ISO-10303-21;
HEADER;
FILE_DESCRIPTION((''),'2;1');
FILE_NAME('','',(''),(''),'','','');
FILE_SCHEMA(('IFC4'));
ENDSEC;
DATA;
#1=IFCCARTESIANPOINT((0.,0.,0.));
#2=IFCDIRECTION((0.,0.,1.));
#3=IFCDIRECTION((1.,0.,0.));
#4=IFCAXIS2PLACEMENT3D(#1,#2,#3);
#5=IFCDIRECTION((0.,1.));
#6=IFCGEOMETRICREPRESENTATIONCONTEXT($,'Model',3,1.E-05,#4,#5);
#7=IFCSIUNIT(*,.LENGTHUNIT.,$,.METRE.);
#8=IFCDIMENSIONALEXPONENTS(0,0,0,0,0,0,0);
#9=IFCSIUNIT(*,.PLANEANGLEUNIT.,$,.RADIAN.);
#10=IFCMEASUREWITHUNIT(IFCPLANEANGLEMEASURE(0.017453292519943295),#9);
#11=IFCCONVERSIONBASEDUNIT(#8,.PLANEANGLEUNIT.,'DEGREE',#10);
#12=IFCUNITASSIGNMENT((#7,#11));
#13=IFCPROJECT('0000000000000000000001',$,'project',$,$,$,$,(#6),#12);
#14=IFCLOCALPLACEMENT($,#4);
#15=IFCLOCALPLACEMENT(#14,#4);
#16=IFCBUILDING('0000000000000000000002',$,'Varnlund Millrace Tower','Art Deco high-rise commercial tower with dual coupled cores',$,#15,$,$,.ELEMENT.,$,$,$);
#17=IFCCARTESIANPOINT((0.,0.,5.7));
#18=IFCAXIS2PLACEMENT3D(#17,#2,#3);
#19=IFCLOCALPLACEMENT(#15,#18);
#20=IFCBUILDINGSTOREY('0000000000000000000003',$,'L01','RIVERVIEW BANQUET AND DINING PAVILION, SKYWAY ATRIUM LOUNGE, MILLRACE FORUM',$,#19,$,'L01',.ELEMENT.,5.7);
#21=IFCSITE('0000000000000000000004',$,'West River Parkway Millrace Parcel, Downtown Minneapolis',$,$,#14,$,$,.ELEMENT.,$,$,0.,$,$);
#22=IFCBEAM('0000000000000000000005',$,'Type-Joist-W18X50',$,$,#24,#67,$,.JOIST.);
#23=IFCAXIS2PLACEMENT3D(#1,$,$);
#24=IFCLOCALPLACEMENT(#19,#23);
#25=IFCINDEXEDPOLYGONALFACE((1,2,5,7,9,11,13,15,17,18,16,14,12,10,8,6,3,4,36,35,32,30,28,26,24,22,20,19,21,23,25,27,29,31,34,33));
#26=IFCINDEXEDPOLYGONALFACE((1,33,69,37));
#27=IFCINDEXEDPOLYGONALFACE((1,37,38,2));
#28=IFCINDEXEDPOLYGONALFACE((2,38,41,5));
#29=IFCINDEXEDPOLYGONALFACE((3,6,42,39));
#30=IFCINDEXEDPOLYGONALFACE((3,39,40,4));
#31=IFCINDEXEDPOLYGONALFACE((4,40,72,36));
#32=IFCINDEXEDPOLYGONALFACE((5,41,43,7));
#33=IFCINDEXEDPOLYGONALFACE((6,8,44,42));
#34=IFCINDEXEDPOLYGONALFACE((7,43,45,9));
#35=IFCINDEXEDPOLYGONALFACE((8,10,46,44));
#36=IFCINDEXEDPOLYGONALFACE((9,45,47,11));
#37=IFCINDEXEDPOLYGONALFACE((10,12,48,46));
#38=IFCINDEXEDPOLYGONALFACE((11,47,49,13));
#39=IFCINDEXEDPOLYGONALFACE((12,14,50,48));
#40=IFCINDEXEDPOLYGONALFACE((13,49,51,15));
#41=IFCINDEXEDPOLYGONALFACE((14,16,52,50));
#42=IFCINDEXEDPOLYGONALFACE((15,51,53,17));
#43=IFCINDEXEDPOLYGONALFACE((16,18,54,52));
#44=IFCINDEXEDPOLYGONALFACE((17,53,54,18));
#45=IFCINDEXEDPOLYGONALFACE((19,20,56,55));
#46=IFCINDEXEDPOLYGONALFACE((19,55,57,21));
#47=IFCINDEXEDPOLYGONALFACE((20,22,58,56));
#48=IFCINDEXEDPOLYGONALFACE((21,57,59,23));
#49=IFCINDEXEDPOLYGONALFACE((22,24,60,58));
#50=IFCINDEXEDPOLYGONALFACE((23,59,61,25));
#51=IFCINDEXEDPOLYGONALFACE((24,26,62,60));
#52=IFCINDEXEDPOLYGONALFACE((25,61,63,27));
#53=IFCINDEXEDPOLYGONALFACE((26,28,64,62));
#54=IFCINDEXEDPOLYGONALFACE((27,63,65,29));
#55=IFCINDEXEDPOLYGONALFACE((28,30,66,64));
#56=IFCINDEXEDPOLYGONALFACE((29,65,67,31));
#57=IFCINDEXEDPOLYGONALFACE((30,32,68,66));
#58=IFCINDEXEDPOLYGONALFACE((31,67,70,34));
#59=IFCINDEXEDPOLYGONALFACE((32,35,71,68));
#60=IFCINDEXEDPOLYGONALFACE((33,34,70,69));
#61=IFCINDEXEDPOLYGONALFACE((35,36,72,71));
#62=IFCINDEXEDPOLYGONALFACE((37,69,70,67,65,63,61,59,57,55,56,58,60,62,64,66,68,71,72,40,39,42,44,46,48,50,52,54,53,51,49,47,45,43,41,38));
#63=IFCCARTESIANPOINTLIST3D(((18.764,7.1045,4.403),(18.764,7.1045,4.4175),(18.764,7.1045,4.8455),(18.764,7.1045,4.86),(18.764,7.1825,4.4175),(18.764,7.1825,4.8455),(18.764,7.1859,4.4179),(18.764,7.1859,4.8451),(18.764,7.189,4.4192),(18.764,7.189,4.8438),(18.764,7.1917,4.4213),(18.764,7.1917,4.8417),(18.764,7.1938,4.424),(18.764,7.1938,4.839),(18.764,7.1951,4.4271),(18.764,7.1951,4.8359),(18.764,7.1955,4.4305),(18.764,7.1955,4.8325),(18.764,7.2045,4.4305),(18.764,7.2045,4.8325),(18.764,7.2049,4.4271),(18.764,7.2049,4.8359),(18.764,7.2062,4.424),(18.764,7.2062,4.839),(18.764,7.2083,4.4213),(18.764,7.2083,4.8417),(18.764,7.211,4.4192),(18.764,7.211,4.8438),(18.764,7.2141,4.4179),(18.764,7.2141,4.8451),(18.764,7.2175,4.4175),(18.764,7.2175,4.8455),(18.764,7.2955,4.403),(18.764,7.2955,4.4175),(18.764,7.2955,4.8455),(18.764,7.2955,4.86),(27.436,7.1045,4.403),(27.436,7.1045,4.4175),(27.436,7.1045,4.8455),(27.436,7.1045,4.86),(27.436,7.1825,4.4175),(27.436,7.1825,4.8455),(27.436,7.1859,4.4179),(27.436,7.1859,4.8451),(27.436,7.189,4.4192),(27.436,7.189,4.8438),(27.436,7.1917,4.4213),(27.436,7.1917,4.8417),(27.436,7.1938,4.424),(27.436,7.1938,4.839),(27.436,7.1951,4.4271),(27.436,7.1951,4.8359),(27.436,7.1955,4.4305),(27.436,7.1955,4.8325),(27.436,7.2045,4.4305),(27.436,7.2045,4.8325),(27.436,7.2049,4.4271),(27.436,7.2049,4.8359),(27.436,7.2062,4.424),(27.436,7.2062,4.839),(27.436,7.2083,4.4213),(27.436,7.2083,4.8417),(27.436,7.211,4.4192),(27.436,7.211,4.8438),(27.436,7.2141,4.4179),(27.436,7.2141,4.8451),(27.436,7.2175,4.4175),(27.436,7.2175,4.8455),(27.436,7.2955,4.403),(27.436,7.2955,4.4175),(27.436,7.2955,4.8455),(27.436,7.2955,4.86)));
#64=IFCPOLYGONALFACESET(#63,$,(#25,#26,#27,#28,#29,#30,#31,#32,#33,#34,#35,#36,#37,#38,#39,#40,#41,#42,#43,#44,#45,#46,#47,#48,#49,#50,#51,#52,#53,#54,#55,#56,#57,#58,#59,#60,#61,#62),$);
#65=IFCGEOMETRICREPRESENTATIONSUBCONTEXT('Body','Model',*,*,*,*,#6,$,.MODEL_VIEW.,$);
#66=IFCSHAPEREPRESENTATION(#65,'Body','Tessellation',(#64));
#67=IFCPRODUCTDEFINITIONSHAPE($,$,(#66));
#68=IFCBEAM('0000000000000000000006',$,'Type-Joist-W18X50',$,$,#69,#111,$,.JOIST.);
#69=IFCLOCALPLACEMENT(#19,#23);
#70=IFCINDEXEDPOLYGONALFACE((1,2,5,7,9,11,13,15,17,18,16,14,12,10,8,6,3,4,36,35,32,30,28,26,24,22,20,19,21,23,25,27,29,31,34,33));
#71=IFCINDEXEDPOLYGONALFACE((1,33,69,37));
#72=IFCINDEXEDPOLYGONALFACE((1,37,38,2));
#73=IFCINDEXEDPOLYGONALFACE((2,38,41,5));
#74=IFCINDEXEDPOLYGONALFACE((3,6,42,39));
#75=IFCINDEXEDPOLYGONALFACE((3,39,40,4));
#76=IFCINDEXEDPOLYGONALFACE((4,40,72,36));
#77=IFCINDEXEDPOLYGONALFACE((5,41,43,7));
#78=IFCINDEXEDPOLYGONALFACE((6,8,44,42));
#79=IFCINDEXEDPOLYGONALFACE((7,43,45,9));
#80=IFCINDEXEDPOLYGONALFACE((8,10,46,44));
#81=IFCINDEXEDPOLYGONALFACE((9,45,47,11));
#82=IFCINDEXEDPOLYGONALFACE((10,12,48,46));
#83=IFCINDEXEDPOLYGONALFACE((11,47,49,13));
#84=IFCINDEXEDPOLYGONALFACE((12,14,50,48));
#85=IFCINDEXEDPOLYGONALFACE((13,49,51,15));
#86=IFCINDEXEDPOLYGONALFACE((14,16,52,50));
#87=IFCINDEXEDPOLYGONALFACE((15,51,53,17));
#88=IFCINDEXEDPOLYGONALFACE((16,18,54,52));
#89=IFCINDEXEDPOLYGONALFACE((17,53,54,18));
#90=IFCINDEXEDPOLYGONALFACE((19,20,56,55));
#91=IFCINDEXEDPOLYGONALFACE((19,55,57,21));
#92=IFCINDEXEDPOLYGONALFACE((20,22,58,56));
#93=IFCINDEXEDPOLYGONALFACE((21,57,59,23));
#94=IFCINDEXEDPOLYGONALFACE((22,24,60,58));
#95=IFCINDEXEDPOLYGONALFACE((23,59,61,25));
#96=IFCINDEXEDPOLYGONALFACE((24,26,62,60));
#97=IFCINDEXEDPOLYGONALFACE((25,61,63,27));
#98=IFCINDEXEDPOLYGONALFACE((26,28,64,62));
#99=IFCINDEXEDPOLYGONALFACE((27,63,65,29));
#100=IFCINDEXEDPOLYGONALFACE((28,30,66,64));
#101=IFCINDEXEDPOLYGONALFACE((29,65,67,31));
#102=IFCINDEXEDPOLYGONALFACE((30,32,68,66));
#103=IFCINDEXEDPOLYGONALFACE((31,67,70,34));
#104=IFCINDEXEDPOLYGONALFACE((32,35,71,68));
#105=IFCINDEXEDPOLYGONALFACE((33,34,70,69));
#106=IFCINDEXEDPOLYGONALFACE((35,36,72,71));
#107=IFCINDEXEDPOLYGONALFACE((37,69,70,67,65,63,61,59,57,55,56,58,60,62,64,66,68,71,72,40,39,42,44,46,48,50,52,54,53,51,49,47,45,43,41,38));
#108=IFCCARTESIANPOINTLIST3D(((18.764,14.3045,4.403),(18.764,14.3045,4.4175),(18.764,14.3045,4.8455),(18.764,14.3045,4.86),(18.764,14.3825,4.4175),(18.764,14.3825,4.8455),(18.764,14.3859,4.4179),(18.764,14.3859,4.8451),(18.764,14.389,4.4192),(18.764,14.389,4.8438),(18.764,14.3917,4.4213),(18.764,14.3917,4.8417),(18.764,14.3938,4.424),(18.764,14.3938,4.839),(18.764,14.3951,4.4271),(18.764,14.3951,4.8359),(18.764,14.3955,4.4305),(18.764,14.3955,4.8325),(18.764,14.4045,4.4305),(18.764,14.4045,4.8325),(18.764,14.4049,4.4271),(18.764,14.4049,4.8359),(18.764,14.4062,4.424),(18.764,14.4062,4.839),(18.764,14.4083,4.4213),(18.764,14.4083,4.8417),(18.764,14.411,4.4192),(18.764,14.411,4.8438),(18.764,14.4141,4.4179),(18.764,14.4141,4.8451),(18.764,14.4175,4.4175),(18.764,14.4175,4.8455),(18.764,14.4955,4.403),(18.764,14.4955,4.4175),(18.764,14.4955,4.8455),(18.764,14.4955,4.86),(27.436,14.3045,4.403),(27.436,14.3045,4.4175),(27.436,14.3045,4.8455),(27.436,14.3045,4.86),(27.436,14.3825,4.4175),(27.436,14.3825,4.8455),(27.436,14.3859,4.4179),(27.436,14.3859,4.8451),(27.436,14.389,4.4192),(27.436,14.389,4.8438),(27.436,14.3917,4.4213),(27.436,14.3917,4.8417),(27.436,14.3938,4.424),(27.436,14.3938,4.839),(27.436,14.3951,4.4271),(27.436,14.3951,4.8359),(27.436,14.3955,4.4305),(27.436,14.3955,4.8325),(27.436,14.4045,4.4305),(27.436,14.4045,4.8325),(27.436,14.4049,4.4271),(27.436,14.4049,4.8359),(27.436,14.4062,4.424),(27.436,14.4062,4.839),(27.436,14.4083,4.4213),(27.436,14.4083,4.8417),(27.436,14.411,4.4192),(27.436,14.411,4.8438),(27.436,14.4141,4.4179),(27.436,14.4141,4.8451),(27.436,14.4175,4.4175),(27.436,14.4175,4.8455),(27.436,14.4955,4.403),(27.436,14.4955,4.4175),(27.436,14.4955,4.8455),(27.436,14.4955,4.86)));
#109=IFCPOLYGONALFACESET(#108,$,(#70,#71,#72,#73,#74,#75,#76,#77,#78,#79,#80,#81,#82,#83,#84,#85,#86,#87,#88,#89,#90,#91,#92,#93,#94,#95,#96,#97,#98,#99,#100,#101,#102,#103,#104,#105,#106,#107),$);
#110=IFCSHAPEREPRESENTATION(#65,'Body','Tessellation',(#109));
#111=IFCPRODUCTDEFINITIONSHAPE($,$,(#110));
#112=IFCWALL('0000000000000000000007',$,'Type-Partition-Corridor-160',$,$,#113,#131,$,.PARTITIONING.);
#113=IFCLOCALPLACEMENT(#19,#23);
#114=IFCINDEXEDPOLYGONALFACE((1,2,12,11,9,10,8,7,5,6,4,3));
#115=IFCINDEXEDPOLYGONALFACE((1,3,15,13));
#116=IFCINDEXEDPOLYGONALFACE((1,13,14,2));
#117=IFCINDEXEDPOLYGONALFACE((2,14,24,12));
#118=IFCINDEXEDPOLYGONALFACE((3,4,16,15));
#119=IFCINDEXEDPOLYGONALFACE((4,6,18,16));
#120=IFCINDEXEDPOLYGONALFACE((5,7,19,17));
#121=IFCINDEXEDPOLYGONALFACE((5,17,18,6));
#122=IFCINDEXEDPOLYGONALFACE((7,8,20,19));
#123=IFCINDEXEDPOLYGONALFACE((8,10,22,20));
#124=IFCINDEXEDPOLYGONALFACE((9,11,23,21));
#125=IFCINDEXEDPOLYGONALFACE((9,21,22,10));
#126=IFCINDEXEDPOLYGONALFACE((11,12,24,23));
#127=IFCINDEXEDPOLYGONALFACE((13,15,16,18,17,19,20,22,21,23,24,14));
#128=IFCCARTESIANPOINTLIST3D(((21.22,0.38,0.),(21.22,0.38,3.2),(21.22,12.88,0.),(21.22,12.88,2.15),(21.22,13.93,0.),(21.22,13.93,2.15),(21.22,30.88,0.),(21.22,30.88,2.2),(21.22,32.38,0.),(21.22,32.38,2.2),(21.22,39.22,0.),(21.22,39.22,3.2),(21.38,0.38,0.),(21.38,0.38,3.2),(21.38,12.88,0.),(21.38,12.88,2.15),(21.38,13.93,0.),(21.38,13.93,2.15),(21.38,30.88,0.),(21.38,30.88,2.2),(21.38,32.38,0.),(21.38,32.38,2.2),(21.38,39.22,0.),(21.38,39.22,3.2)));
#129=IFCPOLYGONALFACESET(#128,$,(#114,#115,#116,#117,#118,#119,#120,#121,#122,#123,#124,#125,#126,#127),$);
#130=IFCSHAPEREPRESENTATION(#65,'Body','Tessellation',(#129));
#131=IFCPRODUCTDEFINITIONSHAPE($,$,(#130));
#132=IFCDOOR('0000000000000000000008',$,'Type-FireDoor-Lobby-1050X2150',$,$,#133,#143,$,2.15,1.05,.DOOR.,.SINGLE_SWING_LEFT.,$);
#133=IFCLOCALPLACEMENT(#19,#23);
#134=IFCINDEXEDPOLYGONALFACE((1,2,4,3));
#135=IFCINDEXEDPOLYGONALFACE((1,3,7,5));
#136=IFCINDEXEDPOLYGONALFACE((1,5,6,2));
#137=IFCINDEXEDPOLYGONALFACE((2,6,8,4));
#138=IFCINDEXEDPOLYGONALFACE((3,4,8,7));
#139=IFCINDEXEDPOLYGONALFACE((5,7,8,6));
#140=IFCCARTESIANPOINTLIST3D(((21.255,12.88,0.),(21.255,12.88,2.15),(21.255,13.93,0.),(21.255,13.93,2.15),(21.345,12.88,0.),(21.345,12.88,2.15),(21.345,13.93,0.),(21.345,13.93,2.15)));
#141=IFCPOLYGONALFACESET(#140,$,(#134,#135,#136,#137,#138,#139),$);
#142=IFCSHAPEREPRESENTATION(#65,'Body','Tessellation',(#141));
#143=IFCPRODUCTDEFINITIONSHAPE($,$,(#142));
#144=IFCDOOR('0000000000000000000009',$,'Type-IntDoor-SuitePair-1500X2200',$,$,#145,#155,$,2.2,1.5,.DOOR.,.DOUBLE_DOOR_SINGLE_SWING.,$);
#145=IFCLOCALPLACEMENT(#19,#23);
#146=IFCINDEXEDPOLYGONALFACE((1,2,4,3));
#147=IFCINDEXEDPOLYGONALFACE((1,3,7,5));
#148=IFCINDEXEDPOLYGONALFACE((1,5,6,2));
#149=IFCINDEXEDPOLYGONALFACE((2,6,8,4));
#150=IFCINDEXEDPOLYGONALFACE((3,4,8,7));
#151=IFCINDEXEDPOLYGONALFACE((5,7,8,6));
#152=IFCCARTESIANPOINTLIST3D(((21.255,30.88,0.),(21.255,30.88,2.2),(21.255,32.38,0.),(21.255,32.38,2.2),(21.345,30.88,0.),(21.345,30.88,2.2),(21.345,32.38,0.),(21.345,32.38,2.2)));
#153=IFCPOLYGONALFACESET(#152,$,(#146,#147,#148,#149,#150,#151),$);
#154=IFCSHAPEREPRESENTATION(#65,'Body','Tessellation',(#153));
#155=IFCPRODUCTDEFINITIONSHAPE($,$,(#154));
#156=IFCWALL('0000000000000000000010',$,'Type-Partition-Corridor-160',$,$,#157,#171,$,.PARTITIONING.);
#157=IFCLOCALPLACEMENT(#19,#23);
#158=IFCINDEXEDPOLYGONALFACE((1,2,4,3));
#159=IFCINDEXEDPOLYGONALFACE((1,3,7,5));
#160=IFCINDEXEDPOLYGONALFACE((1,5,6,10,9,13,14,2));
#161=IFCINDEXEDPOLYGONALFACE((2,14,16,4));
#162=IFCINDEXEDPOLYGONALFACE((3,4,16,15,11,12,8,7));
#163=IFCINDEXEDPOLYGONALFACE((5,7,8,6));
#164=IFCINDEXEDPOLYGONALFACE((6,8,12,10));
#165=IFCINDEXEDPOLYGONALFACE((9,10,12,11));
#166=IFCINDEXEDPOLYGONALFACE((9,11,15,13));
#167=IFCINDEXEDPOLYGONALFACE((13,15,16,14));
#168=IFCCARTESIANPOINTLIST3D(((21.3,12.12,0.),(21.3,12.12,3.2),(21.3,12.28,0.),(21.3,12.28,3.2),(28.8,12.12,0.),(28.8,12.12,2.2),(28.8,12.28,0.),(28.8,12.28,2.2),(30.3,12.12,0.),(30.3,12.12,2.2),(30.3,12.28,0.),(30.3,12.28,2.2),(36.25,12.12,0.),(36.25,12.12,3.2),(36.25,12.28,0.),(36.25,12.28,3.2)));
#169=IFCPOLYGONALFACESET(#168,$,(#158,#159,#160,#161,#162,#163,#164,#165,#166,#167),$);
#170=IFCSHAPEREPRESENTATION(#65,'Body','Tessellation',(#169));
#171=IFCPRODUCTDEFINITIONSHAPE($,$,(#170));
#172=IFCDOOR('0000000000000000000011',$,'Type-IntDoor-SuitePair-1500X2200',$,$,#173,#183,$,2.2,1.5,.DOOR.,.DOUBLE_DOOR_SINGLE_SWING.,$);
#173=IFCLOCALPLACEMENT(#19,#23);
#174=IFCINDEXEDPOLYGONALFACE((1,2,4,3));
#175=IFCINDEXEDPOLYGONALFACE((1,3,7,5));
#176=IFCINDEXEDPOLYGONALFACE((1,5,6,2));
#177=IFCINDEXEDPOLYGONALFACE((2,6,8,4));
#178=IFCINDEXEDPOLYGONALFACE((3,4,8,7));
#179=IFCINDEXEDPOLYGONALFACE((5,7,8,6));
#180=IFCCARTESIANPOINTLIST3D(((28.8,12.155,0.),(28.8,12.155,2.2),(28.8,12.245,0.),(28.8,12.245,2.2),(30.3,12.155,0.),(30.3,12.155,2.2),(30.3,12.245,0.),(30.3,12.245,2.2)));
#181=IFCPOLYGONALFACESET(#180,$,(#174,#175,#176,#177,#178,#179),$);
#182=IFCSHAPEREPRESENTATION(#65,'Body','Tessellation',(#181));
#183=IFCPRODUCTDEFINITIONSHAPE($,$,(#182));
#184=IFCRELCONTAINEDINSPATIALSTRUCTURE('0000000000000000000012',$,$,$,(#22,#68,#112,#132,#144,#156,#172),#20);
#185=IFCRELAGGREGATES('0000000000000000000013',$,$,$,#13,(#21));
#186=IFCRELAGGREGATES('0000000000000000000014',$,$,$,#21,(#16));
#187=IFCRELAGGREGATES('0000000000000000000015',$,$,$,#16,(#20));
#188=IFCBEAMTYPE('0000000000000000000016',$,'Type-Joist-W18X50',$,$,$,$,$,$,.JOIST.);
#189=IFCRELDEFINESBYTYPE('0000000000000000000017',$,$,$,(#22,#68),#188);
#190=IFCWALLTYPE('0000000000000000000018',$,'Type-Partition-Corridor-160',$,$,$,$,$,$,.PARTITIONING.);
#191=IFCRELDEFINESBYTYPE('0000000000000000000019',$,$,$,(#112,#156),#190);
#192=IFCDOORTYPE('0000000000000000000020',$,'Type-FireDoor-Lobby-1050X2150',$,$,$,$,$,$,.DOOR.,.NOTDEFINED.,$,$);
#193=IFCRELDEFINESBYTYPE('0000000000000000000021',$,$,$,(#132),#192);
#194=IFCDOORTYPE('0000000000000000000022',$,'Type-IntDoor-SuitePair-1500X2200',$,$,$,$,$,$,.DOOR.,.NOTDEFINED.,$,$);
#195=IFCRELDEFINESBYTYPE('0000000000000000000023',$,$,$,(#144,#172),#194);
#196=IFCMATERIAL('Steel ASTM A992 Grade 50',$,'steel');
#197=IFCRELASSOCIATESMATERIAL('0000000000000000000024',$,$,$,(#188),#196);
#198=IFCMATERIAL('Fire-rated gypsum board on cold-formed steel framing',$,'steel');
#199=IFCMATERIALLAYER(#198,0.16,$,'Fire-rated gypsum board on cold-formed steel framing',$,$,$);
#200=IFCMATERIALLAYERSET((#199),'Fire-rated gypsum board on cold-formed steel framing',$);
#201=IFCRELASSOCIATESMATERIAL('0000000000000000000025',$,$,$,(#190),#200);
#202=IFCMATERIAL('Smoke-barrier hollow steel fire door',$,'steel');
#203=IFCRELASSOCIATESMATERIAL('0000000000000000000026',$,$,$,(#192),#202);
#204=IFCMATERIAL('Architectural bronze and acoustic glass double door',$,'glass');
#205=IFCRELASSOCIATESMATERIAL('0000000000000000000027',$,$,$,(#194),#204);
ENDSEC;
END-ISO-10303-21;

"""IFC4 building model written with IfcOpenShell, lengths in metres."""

from ifc_helpers import new_model, entity, si_unit, converted_unit, direction, frame, origin_with_axes, origin_2d_with_axis, place, context, subcontext, project, spatial, polyline, rectangle, i_section, outline, extrude, material, layer, layer_set, material_profile, profile_set, type_object, element, fill, save


model = new_model("IFC4")

# Units and contexts
model_context = context("Model", 3, precision=1e-05, world=origin_with_axes(), true_north=direction((0.0, 1.0)))
body_context = subcontext(model_context, "Body", "Model", "MODEL_VIEW")
ifc_project = project(units=[si_unit("LENGTHUNIT", "METRE"), converted_unit("PLANEANGLEUNIT", "DEGREE", entity("IfcPlaneAngleMeasure", 0.017453292519943295), si_unit("PLANEANGLEUNIT", "RADIAN"), dimensions=[0, 0, 0, 0, 0, 0, 0])], contexts=[model_context])

# Site, building, storey
site_placement = place(None, origin_with_axes())
site = spatial("IfcSite", under=ifc_project, at=site_placement, Name="West River Parkway Millrace Parcel, Downtown Minneapolis", CompositionType="ELEMENT", RefElevation=0.0)
building_placement = place(site_placement, origin_with_axes())
building = spatial("IfcBuilding", under=site, at=building_placement, Name="Varnlund Millrace Tower", Description="Art Deco high-rise commercial tower with dual coupled cores", CompositionType="ELEMENT")
storey_placement = place(building_placement, frame((0.0, 0.0, 5.7), z_axis=(0.0, 0.0, 1.0), x_axis=(1.0, 0.0, 0.0)))
storey = spatial("IfcBuildingStorey", under=building, at=storey_placement, Name="L01", Description="RIVERVIEW BANQUET AND DINING PAVILION, SKYWAY ATRIUM LOUNGE, MILLRACE FORUM", LongName="L01", CompositionType="ELEMENT", Elevation=5.7)

# Beams
ifc_material_1 = material(Name="Steel ASTM A992 Grade 50", Category="steel")
ifc_material_profile_1 = material_profile(ifc_material_1, i_section(OverallWidth=0.191, OverallDepth=0.457, WebThickness=0.009, FlangeThickness=0.0145, FilletRadius=0.013, at=origin_2d_with_axis()), Name="Steel ASTM A992 Grade 50")
ifc_profile_set_1 = profile_set([ifc_material_profile_1], Name="Steel ASTM A992 Grade 50")
beam_type_1 = type_object("IfcBeamType", Name="Type-Joist-W18X50", PredefinedType="JOIST", material=ifc_profile_set_1)
for number, where, z_axis, x_axis, name in (
    (1, (18.764, 7.2, 4.6315), (1.0, 0.0, 0.0), (0.0, 1.0, 0.0), "Type-Joist-W18X50"),
    (2, (18.764, 14.4, 4.6315), (1.0, 0.0, 0.0), (0.0, 1.0, 0.0), "Type-Joist-W18X50"),
):
    element("IfcBeam", number, at=place(storey_placement, frame(where, z_axis=z_axis, x_axis=x_axis)), inside=storey, type_object=beam_type_1, Name=name, PredefinedType="JOIST", context=body_context, shape_type="SweptSolid", body=[
        extrude(i_section(OverallWidth=0.191, OverallDepth=0.457, WebThickness=0.009, FlangeThickness=0.0145, FilletRadius=0.013, at=origin_2d_with_axis()), origin_with_axes(), (0.0, 0.0, 1.0), 8.672),
    ])

# Wall, openings, doors
ifc_material_2 = material(Name="Fire-rated gypsum board on cold-formed steel framing", Category="steel")
ifc_layer = layer(ifc_material_2, 0.16, Name="Fire-rated gypsum board on cold-formed steel framing")
ifc_layer_set = layer_set([ifc_layer], Name="Fire-rated gypsum board on cold-formed steel framing")
wall_type = type_object("IfcWallType", Name="Type-Partition-Corridor-160", PredefinedType="PARTITIONING", material=ifc_layer_set)
wall_1_placement = place(storey_placement, frame((21.3, 0.38, 0.0), z_axis=(0.0, 0.0, 1.0), x_axis=(0.0, 1.0, 0.0)))
wall_1 = element("IfcWall", 3, at=wall_1_placement, inside=storey, type_object=wall_type, Name="Type-Partition-Corridor-160", PredefinedType="PARTITIONING", context=body_context, shape_type="SweptSolid", body=[
    extrude(outline(polyline([(0.0, -0.08), (38.84, -0.08), (38.84, 0.08), (0.0, 0.08), (0.0, -0.08)])), origin_with_axes(), (0.0, 0.0, 1.0), 3.2),
])
opening_1_placement = place(wall_1_placement, frame((13.025, 0.0, 0.0), z_axis=(0.0, 0.0, 1.0), x_axis=(1.0, 0.0, 0.0)))
opening_1 = element("IfcOpeningElement", 4, at=opening_1_placement, cuts=wall_1, PredefinedType="OPENING", context=body_context, shape_type="SweptSolid", body=[
    extrude(rectangle(XDim=1.05, YDim=0.18, at=origin_2d_with_axis()), origin_with_axes(), (0.0, 0.0, 1.0), 2.15),
])
opening_2_placement = place(wall_1_placement, frame((31.25, 0.0, 0.0), z_axis=(0.0, 0.0, 1.0), x_axis=(1.0, 0.0, 0.0)))
opening_2 = element("IfcOpeningElement", 5, at=opening_2_placement, cuts=wall_1, PredefinedType="OPENING", context=body_context, shape_type="SweptSolid", body=[
    extrude(rectangle(XDim=1.5, YDim=0.18, at=origin_2d_with_axis()), origin_with_axes(), (0.0, 0.0, 1.0), 2.2),
])
ifc_material_3 = material(Name="Smoke-barrier hollow steel fire door", Category="steel")
door_type_1 = type_object("IfcDoorType", Name="Type-FireDoor-Lobby-1050X2150", OperationType="NOTDEFINED", PredefinedType="DOOR", material=ifc_material_3)
door_1_placement = place(wall_1_placement, frame((13.025, 0.0, 0.0), z_axis=(0.0, 0.0, 1.0), x_axis=(1.0, 0.0, 0.0)))
door_1 = element("IfcDoor", 6, at=door_1_placement, inside=storey, type_object=door_type_1, Name="Type-FireDoor-Lobby-1050X2150", OperationType="SINGLE_SWING_LEFT", OverallHeight=2.15, OverallWidth=1.05, PredefinedType="DOOR", context=body_context, shape_type="SweptSolid", body=[
    extrude(rectangle(XDim=1.05, YDim=0.09, at=origin_2d_with_axis()), origin_with_axes(), (0.0, 0.0, 1.0), 2.15),
])
fill(opening_1, door_1)
ifc_material_4 = material(Name="Architectural bronze and acoustic glass double door", Category="glass")
door_type_2 = type_object("IfcDoorType", Name="Type-IntDoor-SuitePair-1500X2200", OperationType="NOTDEFINED", PredefinedType="DOOR", material=ifc_material_4)
door_2_placement = place(wall_1_placement, frame((31.25, 0.0, 0.0), z_axis=(0.0, 0.0, 1.0), x_axis=(1.0, 0.0, 0.0)))
door_2 = element("IfcDoor", 7, at=door_2_placement, inside=storey, type_object=door_type_2, Name="Type-IntDoor-SuitePair-1500X2200", OperationType="DOUBLE_DOOR_SINGLE_SWING", OverallHeight=2.2, OverallWidth=1.5, PredefinedType="DOOR", context=body_context, shape_type="SweptSolid", body=[
    extrude(rectangle(XDim=1.5, YDim=0.09, at=origin_2d_with_axis()), origin_with_axes(), (0.0, 0.0, 1.0), 2.2),
])
fill(opening_2, door_2)

# Wall, opening, door
wall_2_placement = place(storey_placement, frame((21.3, 12.2, 0.0), z_axis=(0.0, 0.0, 1.0), x_axis=(1.0, 0.0, 0.0)))
wall_2 = element("IfcWall", 8, at=wall_2_placement, inside=storey, type_object=wall_type, Name="Type-Partition-Corridor-160", PredefinedType="PARTITIONING", context=body_context, shape_type="SweptSolid", body=[
    extrude(outline(polyline([(0.0, -0.08), (14.95, -0.08), (14.95, 0.08), (0.0, 0.08), (0.0, -0.08)])), origin_with_axes(), (0.0, 0.0, 1.0), 3.2),
])
opening_3_placement = place(wall_2_placement, frame((8.25, 0.0, 0.0), z_axis=(0.0, 0.0, 1.0), x_axis=(1.0, 0.0, 0.0)))
opening_3 = element("IfcOpeningElement", 9, at=opening_3_placement, cuts=wall_2, PredefinedType="OPENING", context=body_context, shape_type="SweptSolid", body=[
    extrude(rectangle(XDim=1.5, YDim=0.18, at=origin_2d_with_axis()), origin_with_axes(), (0.0, 0.0, 1.0), 2.2),
])
door_3_placement = place(wall_2_placement, frame((8.25, 0.0, 0.0), z_axis=(0.0, 0.0, 1.0), x_axis=(1.0, 0.0, 0.0)))
door_3 = element("IfcDoor", 10, at=door_3_placement, inside=storey, type_object=door_type_2, Name="Type-IntDoor-SuitePair-1500X2200", OperationType="DOUBLE_DOOR_SINGLE_SWING", OverallHeight=2.2, OverallWidth=1.5, PredefinedType="DOOR", context=body_context, shape_type="SweptSolid", body=[
    extrude(rectangle(XDim=1.5, YDim=0.09, at=origin_2d_with_axis()), origin_with_axes(), (0.0, 0.0, 1.0), 2.2),
])
fill(opening_3, door_3)

save(model, "model.ifc")
